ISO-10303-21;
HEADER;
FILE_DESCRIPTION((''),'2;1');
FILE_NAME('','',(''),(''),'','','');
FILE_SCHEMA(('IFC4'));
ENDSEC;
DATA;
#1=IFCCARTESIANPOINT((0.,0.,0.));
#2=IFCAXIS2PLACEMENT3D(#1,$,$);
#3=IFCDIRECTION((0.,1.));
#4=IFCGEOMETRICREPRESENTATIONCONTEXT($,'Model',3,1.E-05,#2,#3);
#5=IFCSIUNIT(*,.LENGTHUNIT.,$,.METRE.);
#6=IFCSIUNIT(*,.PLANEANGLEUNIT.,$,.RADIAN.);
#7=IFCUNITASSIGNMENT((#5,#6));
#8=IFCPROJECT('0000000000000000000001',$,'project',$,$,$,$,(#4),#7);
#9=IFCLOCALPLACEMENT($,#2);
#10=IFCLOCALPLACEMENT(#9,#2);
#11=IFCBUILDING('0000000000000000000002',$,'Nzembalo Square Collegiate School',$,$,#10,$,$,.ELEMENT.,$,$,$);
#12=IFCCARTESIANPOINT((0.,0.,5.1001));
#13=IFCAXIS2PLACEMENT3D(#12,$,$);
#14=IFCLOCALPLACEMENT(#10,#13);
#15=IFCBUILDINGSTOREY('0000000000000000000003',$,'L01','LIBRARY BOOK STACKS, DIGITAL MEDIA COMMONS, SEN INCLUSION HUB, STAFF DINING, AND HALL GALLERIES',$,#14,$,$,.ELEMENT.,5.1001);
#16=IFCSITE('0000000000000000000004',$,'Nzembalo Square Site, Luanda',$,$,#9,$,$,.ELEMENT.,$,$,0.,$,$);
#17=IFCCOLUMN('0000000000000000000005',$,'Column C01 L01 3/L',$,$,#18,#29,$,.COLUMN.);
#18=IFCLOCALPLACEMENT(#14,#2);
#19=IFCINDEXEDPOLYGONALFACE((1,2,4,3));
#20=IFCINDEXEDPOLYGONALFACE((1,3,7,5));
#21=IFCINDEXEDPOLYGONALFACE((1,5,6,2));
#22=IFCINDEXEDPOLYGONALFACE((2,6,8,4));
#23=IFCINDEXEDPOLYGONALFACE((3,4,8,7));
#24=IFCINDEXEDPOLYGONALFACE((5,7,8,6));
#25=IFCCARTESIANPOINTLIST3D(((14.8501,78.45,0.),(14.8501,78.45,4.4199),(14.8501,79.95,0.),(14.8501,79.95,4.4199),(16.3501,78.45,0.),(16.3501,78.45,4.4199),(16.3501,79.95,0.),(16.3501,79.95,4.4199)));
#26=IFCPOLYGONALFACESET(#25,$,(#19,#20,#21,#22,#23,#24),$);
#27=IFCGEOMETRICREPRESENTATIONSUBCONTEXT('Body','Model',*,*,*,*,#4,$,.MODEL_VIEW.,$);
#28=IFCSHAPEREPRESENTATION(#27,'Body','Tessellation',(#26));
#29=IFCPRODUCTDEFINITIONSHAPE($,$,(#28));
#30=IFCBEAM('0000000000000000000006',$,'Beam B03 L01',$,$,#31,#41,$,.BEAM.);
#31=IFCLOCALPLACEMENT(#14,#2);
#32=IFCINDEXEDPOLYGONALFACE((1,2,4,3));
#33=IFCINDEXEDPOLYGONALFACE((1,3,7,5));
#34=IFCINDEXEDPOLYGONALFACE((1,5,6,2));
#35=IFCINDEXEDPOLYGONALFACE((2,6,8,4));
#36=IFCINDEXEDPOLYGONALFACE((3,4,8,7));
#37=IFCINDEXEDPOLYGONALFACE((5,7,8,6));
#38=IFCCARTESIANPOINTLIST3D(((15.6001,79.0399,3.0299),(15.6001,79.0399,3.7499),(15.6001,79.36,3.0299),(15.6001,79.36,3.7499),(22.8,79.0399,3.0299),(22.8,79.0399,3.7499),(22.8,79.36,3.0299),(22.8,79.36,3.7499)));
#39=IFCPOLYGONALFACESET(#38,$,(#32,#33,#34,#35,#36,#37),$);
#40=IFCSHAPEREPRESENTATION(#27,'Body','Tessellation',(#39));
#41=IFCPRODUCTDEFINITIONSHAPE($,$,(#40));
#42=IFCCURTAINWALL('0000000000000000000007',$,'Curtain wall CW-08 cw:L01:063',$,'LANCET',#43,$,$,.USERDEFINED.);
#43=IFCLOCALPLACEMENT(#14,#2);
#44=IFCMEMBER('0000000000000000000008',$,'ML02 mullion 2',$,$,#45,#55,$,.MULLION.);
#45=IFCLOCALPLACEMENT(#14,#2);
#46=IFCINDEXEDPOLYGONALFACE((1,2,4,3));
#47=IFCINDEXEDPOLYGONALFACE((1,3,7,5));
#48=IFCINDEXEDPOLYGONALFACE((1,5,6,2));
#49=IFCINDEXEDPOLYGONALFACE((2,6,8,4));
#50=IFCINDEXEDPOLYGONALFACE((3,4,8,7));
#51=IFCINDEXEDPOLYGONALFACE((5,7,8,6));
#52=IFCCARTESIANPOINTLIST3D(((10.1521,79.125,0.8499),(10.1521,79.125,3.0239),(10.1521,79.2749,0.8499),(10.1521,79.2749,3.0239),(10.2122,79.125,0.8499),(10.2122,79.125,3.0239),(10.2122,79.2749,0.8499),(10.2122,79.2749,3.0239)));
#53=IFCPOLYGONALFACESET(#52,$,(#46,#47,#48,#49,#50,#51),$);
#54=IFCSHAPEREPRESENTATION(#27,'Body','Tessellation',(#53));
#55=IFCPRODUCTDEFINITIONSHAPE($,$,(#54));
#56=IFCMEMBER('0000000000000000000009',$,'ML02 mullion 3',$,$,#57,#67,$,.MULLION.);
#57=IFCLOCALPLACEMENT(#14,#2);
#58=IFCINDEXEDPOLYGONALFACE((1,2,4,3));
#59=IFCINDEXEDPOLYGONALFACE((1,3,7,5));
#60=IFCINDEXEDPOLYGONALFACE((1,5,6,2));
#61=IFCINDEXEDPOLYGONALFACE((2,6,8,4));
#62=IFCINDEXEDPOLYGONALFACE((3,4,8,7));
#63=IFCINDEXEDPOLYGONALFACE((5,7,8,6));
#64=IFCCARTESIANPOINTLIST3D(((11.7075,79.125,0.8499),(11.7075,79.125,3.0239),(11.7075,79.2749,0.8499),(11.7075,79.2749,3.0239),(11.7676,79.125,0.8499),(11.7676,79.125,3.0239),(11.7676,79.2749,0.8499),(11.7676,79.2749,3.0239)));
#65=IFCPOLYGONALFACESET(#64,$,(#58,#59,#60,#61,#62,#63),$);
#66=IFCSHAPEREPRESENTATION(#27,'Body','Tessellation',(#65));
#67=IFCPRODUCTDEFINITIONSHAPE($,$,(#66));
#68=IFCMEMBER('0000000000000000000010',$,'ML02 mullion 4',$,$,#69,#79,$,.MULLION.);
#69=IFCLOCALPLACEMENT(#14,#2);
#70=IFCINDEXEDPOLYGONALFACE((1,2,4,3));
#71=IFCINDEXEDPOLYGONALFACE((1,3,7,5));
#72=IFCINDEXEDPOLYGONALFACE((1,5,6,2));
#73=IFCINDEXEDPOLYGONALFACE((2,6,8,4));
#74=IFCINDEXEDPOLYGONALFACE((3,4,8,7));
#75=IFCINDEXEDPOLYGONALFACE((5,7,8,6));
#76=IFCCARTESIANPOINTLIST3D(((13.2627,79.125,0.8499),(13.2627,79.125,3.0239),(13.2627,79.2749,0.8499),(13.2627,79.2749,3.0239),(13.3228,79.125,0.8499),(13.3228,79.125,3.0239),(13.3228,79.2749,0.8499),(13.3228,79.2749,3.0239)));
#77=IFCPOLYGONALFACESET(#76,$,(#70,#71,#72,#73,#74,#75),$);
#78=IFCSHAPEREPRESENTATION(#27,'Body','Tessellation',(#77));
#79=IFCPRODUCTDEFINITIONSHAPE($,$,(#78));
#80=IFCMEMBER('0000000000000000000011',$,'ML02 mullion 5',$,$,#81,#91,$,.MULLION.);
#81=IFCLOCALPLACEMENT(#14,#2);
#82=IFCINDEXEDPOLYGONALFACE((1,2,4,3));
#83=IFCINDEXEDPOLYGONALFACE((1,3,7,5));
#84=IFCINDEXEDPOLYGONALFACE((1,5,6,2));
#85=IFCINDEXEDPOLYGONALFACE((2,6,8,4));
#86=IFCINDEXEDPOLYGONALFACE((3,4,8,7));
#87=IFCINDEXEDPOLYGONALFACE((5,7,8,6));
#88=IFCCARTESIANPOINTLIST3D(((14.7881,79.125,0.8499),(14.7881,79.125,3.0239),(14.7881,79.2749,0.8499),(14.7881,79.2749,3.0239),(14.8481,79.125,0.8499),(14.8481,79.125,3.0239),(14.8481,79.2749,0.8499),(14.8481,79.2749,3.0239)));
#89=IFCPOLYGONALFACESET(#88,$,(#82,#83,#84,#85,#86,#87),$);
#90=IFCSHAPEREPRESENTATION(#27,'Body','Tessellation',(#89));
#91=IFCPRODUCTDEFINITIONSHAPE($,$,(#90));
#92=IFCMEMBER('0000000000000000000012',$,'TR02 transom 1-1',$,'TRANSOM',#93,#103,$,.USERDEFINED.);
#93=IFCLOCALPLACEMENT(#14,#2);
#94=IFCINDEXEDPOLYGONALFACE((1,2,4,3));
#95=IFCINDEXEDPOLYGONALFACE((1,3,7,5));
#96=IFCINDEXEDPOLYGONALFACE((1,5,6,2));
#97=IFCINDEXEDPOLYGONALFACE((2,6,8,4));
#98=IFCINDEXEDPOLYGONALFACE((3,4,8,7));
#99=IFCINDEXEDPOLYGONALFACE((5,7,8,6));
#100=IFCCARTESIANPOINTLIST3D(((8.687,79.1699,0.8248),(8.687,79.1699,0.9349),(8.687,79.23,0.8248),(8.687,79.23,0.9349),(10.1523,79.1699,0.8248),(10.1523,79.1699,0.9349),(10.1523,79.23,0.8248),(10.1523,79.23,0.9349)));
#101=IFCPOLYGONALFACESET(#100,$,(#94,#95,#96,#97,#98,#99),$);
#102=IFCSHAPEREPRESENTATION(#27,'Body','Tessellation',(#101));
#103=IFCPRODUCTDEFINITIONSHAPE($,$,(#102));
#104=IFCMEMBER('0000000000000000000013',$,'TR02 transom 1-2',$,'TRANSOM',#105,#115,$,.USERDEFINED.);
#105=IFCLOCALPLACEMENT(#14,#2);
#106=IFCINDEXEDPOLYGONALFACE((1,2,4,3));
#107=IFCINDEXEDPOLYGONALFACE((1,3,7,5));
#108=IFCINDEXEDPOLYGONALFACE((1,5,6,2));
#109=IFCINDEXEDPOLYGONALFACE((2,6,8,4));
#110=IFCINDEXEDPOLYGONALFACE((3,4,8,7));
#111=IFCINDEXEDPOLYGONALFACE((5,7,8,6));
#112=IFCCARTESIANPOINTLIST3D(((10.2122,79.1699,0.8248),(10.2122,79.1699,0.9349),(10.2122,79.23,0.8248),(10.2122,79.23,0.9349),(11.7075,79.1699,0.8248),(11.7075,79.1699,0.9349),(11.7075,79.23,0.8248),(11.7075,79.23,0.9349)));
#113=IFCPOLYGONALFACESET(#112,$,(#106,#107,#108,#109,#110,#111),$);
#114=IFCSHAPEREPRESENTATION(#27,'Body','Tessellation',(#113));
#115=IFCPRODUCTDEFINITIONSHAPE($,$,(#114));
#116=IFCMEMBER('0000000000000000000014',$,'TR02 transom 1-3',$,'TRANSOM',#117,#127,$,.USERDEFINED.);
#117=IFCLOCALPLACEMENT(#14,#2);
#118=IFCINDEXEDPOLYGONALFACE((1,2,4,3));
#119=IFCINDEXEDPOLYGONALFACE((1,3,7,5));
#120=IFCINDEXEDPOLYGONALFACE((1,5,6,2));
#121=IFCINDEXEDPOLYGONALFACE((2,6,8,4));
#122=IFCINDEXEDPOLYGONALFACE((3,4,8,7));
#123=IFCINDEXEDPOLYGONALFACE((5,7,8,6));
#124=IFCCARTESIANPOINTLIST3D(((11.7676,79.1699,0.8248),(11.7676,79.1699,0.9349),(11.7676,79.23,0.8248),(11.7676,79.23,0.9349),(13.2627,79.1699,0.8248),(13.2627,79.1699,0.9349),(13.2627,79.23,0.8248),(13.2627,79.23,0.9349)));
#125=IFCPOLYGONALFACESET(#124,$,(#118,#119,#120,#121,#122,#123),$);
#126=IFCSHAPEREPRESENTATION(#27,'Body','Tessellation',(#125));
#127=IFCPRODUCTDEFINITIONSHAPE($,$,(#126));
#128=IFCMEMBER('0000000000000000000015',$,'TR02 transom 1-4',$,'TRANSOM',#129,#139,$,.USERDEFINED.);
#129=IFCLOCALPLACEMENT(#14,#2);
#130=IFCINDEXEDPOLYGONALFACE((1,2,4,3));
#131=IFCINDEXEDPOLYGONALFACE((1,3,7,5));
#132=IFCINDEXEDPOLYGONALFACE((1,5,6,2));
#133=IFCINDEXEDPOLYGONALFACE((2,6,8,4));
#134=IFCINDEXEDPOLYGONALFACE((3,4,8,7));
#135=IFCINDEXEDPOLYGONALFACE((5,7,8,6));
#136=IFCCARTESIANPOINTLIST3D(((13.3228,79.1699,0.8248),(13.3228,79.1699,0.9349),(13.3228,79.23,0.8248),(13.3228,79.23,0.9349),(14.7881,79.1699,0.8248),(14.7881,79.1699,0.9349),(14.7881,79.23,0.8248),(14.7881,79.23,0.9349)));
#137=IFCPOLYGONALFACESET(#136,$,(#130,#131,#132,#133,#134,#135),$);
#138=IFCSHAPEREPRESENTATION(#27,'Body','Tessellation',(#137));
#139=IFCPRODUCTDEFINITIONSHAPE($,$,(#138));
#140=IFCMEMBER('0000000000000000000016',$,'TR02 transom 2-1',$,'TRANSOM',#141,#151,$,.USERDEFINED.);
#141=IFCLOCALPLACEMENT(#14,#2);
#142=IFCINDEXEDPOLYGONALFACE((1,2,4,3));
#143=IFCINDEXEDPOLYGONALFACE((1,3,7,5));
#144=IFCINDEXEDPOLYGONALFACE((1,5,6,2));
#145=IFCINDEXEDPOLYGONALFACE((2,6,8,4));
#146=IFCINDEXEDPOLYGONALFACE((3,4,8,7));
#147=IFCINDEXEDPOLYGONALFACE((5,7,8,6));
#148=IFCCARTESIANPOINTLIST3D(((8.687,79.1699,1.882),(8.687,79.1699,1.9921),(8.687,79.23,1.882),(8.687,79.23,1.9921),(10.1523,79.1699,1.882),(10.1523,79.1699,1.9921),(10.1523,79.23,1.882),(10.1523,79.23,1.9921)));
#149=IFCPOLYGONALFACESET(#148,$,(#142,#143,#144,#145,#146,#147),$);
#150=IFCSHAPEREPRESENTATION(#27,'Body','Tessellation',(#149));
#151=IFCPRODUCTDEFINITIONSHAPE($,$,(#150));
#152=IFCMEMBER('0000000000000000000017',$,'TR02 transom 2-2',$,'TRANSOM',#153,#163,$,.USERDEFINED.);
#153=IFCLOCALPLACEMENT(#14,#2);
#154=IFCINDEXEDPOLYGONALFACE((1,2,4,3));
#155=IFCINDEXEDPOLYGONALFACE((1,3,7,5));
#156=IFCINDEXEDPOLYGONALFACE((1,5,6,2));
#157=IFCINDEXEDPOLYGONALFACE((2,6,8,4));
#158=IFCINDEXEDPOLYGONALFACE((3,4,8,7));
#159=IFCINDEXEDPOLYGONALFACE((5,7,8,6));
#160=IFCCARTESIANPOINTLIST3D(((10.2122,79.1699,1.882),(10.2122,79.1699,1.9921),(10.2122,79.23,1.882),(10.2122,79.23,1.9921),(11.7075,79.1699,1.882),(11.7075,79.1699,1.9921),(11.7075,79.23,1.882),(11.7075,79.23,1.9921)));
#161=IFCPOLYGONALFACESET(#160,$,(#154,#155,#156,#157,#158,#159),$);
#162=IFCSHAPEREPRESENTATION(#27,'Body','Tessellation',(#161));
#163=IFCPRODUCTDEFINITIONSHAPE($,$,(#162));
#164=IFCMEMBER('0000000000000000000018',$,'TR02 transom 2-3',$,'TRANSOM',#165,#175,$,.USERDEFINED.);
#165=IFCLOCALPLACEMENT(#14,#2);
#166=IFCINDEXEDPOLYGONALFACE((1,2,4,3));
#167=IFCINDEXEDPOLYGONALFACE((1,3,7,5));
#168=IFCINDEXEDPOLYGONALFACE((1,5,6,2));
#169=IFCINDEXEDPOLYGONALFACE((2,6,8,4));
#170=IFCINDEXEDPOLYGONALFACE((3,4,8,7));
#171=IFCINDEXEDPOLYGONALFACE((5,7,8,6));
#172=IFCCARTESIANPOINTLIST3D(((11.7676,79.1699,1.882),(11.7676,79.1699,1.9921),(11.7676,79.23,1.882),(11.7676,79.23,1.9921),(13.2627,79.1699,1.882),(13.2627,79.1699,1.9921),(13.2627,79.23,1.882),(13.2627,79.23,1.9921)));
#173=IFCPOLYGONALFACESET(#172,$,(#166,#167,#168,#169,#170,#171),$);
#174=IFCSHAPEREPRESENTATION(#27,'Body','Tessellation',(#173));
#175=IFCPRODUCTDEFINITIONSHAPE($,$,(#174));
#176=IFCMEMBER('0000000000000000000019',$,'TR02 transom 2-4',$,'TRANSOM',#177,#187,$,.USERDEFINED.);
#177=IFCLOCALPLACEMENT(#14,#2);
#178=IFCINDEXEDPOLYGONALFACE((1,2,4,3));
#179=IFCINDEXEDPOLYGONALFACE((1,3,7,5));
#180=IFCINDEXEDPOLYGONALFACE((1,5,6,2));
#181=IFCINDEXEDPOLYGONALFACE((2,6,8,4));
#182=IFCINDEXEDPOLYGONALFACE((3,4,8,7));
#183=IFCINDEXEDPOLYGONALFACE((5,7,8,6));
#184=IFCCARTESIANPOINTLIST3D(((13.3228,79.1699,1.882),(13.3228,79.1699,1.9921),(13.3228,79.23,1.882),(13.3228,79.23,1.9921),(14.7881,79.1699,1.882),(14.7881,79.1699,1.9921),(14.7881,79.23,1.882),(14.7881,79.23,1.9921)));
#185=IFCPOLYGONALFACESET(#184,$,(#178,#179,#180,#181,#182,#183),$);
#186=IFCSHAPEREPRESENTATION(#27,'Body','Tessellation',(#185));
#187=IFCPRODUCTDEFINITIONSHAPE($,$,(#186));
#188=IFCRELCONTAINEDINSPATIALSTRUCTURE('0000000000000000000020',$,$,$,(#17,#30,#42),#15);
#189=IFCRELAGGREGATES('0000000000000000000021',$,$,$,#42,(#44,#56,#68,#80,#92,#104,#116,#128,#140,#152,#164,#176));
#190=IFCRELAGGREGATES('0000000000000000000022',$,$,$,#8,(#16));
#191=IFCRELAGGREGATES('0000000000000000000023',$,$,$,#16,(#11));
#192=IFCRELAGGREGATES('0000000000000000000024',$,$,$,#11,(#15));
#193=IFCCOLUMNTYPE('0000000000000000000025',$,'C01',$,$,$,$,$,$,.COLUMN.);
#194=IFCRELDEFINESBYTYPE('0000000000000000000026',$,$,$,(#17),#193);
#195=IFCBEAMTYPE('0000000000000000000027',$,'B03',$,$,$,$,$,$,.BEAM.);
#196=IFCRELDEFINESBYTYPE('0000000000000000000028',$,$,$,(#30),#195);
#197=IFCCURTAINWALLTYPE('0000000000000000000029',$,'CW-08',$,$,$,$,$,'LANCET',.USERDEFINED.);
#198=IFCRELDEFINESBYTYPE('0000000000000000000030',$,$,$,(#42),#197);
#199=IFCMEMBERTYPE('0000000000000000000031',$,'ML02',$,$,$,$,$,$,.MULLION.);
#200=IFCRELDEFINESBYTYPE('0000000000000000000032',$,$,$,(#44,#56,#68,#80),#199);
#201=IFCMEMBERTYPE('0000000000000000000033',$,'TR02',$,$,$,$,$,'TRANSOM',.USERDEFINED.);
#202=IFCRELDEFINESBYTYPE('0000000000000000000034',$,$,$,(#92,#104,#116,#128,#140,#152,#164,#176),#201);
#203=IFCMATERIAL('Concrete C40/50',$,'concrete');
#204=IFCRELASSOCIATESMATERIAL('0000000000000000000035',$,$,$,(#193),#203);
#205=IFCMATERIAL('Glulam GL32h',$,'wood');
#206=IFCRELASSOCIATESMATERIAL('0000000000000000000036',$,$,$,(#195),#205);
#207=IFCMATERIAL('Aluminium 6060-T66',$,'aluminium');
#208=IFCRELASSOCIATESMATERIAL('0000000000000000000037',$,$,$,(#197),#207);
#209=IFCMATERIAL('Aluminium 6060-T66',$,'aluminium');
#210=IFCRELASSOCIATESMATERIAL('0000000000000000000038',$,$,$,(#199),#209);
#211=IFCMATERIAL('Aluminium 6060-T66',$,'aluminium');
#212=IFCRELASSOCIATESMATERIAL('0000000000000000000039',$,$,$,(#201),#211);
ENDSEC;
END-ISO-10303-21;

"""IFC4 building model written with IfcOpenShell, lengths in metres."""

from ifc_helpers import new_model, si_unit, direction, frame, origin, origin_2d, place, context, subcontext, project, spatial, rectangle, extrude, material, material_profile, profile_set, type_object, element, aggregate, save


model = new_model("IFC4")

# Units and contexts
model_context = context("Model", 3, precision=1e-05, world=origin(), true_north=direction((0.0, 1.0)))
body_context = subcontext(model_context, "Body", "Model", "MODEL_VIEW")
ifc_project = project(units=[si_unit("LENGTHUNIT", "METRE"), si_unit("PLANEANGLEUNIT", "RADIAN")], contexts=[model_context])

# Site, building, storey
site_placement = place(None, origin())
site = spatial("IfcSite", under=ifc_project, at=site_placement, Name="Nzembalo Square Site, Luanda", CompositionType="ELEMENT", RefElevation=0.0)
building_placement = place(site_placement, origin())
building = spatial("IfcBuilding", under=site, at=building_placement, Name="Nzembalo Square Collegiate School", CompositionType="ELEMENT")
storey_placement = place(building_placement, frame((0.0, 0.0, 5.1001)))
storey = spatial("IfcBuildingStorey", under=building, at=storey_placement, Name="L01", Description="LIBRARY BOOK STACKS, DIGITAL MEDIA COMMONS, SEN INCLUSION HUB, STAFF DINING, AND HALL GALLERIES", CompositionType="ELEMENT", Elevation=5.1001)

# Column
ifc_material_1 = material(Name="Concrete C40/50", Category="concrete")
ifc_material_profile_1 = material_profile(ifc_material_1, rectangle(XDim=1.5, YDim=1.5, at=origin_2d()), Name="RC 1500x1500")
ifc_profile_set_1 = profile_set([ifc_material_profile_1], Name="Concrete C40/50")
column_type = type_object("IfcColumnType", Name="C01", PredefinedType="COLUMN", material=ifc_profile_set_1)
column_placement = place(storey_placement, frame((15.6001, 79.2, 0.0), z_axis=(0.0, 0.0, 1.0), x_axis=(1.0, 0.0, 0.0)))
element("IfcColumn", 1, at=column_placement, inside=storey, type_object=column_type, Name="Column C01 L01 3/L", PredefinedType="COLUMN", context=body_context, shape_type="SweptSolid", body=[
    extrude(rectangle(XDim=1.5, YDim=1.5, at=origin_2d()), origin(), (0.0, 0.0, 1.0), 4.4199),
])

# Beam
ifc_material_2 = material(Name="Glulam GL32h", Category="wood")
ifc_material_profile_2 = material_profile(ifc_material_2, rectangle(XDim=0.3201, YDim=0.72, at=origin_2d()), Name="GL32h 320x720")
ifc_profile_set_2 = profile_set([ifc_material_profile_2], Name="Glulam GL32h")
beam_type = type_object("IfcBeamType", Name="B03", PredefinedType="BEAM", material=ifc_profile_set_2)
beam_placement = place(storey_placement, frame((15.6001, 79.2, 3.3899), z_axis=(1.0, 0.0, 0.0), x_axis=(0.0, 1.0, 0.0)))
element("IfcBeam", 2, at=beam_placement, inside=storey, type_object=beam_type, Name="Beam B03 L01", PredefinedType="BEAM", context=body_context, shape_type="SweptSolid", body=[
    extrude(rectangle(XDim=0.3201, YDim=0.72, at=origin_2d()), origin(), (0.0, 0.0, 1.0), 7.2),
])

# Curtain wall, members
ifc_material_3 = material(Name="Aluminium 6060-T66", Category="aluminium")
curtain_wall_type = type_object("IfcCurtainWallType", Name="CW-08", ElementType="LANCET", PredefinedType="USERDEFINED", material=ifc_material_3)
curtain_wall_placement = place(storey_placement, origin())
curtain_wall = element("IfcCurtainWall", 3, at=curtain_wall_placement, inside=storey, type_object=curtain_wall_type, Name="Curtain wall CW-08 cw:L01:063", ObjectType="LANCET", PredefinedType="USERDEFINED")
ifc_material_4 = material(Name="Aluminium 6060-T66", Category="aluminium")
ifc_material_profile_3 = material_profile(ifc_material_4, rectangle(XDim=0.0601, YDim=0.1499, at=origin_2d()), Name="ALU M60x150")
ifc_profile_set_3 = profile_set([ifc_material_profile_3], Name="Aluminium 6060-T66")
member_type_1 = type_object("IfcMemberType", Name="ML02", PredefinedType="MULLION", material=ifc_profile_set_3)
member_1_placement = place(storey_placement, frame((10.1821, 79.2, 0.8499), z_axis=(0.0, 0.0, 1.0), x_axis=(1.0, 0.0, 0.0)))
member_1 = element("IfcMember", 4, at=member_1_placement, type_object=member_type_1, Name="ML02 mullion 2", PredefinedType="MULLION", context=body_context, shape_type="SweptSolid", body=[
    extrude(rectangle(XDim=0.0601, YDim=0.1499, at=origin_2d()), origin(), (0.0, 0.0, 1.0), 2.1741),
])
member_2_placement = place(storey_placement, frame((11.7375, 79.2, 0.8499), z_axis=(0.0, 0.0, 1.0), x_axis=(1.0, 0.0, 0.0)))
member_2 = element("IfcMember", 5, at=member_2_placement, type_object=member_type_1, Name="ML02 mullion 3", PredefinedType="MULLION", context=body_context, shape_type="SweptSolid", body=[
    extrude(rectangle(XDim=0.0601, YDim=0.1499, at=origin_2d()), origin(), (0.0, 0.0, 1.0), 2.1741),
])
member_3_placement = place(storey_placement, frame((13.2927, 79.2, 0.8499), z_axis=(0.0, 0.0, 1.0), x_axis=(1.0, 0.0, 0.0)))
member_3 = element("IfcMember", 6, at=member_3_placement, type_object=member_type_1, Name="ML02 mullion 4", PredefinedType="MULLION", context=body_context, shape_type="SweptSolid", body=[
    extrude(rectangle(XDim=0.0601, YDim=0.1499, at=origin_2d()), origin(), (0.0, 0.0, 1.0), 2.1741),
])
member_4_placement = place(storey_placement, frame((14.8181, 79.2, 0.8499), z_axis=(0.0, 0.0, 1.0), x_axis=(1.0, 0.0, 0.0)))
member_4 = element("IfcMember", 7, at=member_4_placement, type_object=member_type_1, Name="ML02 mullion 5", PredefinedType="MULLION", context=body_context, shape_type="SweptSolid", body=[
    extrude(rectangle(XDim=0.0601, YDim=0.1499, at=origin_2d()), origin(), (0.0, 0.0, 1.0), 2.1741),
])
ifc_material_5 = material(Name="Aluminium 6060-T66", Category="aluminium")
ifc_material_profile_4 = material_profile(ifc_material_5, rectangle(XDim=0.0601, YDim=0.1101, at=origin_2d()), Name="ALU T60x110")
ifc_profile_set_4 = profile_set([ifc_material_profile_4], Name="Aluminium 6060-T66")
member_type_2 = type_object("IfcMemberType", Name="TR02", ElementType="TRANSOM", PredefinedType="USERDEFINED", material=ifc_profile_set_4)
member_5_placement = place(storey_placement, frame((8.687, 79.2, 0.8799), z_axis=(1.0, 0.0, 0.0), x_axis=(0.0, 1.0, 0.0)))
member_5 = element("IfcMember", 8, at=member_5_placement, type_object=member_type_2, Name="TR02 transom 1-1", ObjectType="TRANSOM", PredefinedType="USERDEFINED", context=body_context, shape_type="SweptSolid", body=[
    extrude(rectangle(XDim=0.0601, YDim=0.1101, at=origin_2d()), origin(), (0.0, 0.0, 1.0), 1.4653),
])
member_6_placement = place(storey_placement, frame((10.2122, 79.2, 0.8799), z_axis=(1.0, 0.0, 0.0), x_axis=(0.0, 1.0, 0.0)))
member_6 = element("IfcMember", 9, at=member_6_placement, type_object=member_type_2, Name="TR02 transom 1-2", ObjectType="TRANSOM", PredefinedType="USERDEFINED", context=body_context, shape_type="SweptSolid", body=[
    extrude(rectangle(XDim=0.0601, YDim=0.1101, at=origin_2d()), origin(), (0.0, 0.0, 1.0), 1.4954),
])
member_7_placement = place(storey_placement, frame((11.7676, 79.2, 0.8799), z_axis=(1.0, 0.0, 0.0), x_axis=(0.0, 1.0, 0.0)))
member_7 = element("IfcMember", 10, at=member_7_placement, type_object=member_type_2, Name="TR02 transom 1-3", ObjectType="TRANSOM", PredefinedType="USERDEFINED", context=body_context, shape_type="SweptSolid", body=[
    extrude(rectangle(XDim=0.0601, YDim=0.1101, at=origin_2d()), origin(), (0.0, 0.0, 1.0), 1.4951),
])
member_8_placement = place(storey_placement, frame((13.3228, 79.2, 0.8799), z_axis=(1.0, 0.0, 0.0), x_axis=(0.0, 1.0, 0.0)))
member_8 = element("IfcMember", 11, at=member_8_placement, type_object=member_type_2, Name="TR02 transom 1-4", ObjectType="TRANSOM", PredefinedType="USERDEFINED", context=body_context, shape_type="SweptSolid", body=[
    extrude(rectangle(XDim=0.0601, YDim=0.1101, at=origin_2d()), origin(), (0.0, 0.0, 1.0), 1.4653),
])
member_9_placement = place(storey_placement, frame((8.687, 79.2, 1.937), z_axis=(1.0, 0.0, 0.0), x_axis=(0.0, 1.0, 0.0)))
member_9 = element("IfcMember", 12, at=member_9_placement, type_object=member_type_2, Name="TR02 transom 2-1", ObjectType="TRANSOM", PredefinedType="USERDEFINED", context=body_context, shape_type="SweptSolid", body=[
    extrude(rectangle(XDim=0.0601, YDim=0.1101, at=origin_2d()), origin(), (0.0, 0.0, 1.0), 1.4653),
])
member_10_placement = place(storey_placement, frame((10.2122, 79.2, 1.937), z_axis=(1.0, 0.0, 0.0), x_axis=(0.0, 1.0, 0.0)))
member_10 = element("IfcMember", 13, at=member_10_placement, type_object=member_type_2, Name="TR02 transom 2-2", ObjectType="TRANSOM", PredefinedType="USERDEFINED", context=body_context, shape_type="SweptSolid", body=[
    extrude(rectangle(XDim=0.0601, YDim=0.1101, at=origin_2d()), origin(), (0.0, 0.0, 1.0), 1.4954),
])
member_11_placement = place(storey_placement, frame((11.7676, 79.2, 1.937), z_axis=(1.0, 0.0, 0.0), x_axis=(0.0, 1.0, 0.0)))
member_11 = element("IfcMember", 14, at=member_11_placement, type_object=member_type_2, Name="TR02 transom 2-3", ObjectType="TRANSOM", PredefinedType="USERDEFINED", context=body_context, shape_type="SweptSolid", body=[
    extrude(rectangle(XDim=0.0601, YDim=0.1101, at=origin_2d()), origin(), (0.0, 0.0, 1.0), 1.4951),
])
member_12_placement = place(storey_placement, frame((13.3228, 79.2, 1.937), z_axis=(1.0, 0.0, 0.0), x_axis=(0.0, 1.0, 0.0)))
member_12 = element("IfcMember", 15, at=member_12_placement, type_object=member_type_2, Name="TR02 transom 2-4", ObjectType="TRANSOM", PredefinedType="USERDEFINED", context=body_context, shape_type="SweptSolid", body=[
    extrude(rectangle(XDim=0.0601, YDim=0.1101, at=origin_2d()), origin(), (0.0, 0.0, 1.0), 1.4653),
])
aggregate(curtain_wall, [member_1, member_2, member_3, member_4, member_5, member_6, member_7, member_8, member_9, member_10, member_11, member_12])

save(model, "model.ifc")
